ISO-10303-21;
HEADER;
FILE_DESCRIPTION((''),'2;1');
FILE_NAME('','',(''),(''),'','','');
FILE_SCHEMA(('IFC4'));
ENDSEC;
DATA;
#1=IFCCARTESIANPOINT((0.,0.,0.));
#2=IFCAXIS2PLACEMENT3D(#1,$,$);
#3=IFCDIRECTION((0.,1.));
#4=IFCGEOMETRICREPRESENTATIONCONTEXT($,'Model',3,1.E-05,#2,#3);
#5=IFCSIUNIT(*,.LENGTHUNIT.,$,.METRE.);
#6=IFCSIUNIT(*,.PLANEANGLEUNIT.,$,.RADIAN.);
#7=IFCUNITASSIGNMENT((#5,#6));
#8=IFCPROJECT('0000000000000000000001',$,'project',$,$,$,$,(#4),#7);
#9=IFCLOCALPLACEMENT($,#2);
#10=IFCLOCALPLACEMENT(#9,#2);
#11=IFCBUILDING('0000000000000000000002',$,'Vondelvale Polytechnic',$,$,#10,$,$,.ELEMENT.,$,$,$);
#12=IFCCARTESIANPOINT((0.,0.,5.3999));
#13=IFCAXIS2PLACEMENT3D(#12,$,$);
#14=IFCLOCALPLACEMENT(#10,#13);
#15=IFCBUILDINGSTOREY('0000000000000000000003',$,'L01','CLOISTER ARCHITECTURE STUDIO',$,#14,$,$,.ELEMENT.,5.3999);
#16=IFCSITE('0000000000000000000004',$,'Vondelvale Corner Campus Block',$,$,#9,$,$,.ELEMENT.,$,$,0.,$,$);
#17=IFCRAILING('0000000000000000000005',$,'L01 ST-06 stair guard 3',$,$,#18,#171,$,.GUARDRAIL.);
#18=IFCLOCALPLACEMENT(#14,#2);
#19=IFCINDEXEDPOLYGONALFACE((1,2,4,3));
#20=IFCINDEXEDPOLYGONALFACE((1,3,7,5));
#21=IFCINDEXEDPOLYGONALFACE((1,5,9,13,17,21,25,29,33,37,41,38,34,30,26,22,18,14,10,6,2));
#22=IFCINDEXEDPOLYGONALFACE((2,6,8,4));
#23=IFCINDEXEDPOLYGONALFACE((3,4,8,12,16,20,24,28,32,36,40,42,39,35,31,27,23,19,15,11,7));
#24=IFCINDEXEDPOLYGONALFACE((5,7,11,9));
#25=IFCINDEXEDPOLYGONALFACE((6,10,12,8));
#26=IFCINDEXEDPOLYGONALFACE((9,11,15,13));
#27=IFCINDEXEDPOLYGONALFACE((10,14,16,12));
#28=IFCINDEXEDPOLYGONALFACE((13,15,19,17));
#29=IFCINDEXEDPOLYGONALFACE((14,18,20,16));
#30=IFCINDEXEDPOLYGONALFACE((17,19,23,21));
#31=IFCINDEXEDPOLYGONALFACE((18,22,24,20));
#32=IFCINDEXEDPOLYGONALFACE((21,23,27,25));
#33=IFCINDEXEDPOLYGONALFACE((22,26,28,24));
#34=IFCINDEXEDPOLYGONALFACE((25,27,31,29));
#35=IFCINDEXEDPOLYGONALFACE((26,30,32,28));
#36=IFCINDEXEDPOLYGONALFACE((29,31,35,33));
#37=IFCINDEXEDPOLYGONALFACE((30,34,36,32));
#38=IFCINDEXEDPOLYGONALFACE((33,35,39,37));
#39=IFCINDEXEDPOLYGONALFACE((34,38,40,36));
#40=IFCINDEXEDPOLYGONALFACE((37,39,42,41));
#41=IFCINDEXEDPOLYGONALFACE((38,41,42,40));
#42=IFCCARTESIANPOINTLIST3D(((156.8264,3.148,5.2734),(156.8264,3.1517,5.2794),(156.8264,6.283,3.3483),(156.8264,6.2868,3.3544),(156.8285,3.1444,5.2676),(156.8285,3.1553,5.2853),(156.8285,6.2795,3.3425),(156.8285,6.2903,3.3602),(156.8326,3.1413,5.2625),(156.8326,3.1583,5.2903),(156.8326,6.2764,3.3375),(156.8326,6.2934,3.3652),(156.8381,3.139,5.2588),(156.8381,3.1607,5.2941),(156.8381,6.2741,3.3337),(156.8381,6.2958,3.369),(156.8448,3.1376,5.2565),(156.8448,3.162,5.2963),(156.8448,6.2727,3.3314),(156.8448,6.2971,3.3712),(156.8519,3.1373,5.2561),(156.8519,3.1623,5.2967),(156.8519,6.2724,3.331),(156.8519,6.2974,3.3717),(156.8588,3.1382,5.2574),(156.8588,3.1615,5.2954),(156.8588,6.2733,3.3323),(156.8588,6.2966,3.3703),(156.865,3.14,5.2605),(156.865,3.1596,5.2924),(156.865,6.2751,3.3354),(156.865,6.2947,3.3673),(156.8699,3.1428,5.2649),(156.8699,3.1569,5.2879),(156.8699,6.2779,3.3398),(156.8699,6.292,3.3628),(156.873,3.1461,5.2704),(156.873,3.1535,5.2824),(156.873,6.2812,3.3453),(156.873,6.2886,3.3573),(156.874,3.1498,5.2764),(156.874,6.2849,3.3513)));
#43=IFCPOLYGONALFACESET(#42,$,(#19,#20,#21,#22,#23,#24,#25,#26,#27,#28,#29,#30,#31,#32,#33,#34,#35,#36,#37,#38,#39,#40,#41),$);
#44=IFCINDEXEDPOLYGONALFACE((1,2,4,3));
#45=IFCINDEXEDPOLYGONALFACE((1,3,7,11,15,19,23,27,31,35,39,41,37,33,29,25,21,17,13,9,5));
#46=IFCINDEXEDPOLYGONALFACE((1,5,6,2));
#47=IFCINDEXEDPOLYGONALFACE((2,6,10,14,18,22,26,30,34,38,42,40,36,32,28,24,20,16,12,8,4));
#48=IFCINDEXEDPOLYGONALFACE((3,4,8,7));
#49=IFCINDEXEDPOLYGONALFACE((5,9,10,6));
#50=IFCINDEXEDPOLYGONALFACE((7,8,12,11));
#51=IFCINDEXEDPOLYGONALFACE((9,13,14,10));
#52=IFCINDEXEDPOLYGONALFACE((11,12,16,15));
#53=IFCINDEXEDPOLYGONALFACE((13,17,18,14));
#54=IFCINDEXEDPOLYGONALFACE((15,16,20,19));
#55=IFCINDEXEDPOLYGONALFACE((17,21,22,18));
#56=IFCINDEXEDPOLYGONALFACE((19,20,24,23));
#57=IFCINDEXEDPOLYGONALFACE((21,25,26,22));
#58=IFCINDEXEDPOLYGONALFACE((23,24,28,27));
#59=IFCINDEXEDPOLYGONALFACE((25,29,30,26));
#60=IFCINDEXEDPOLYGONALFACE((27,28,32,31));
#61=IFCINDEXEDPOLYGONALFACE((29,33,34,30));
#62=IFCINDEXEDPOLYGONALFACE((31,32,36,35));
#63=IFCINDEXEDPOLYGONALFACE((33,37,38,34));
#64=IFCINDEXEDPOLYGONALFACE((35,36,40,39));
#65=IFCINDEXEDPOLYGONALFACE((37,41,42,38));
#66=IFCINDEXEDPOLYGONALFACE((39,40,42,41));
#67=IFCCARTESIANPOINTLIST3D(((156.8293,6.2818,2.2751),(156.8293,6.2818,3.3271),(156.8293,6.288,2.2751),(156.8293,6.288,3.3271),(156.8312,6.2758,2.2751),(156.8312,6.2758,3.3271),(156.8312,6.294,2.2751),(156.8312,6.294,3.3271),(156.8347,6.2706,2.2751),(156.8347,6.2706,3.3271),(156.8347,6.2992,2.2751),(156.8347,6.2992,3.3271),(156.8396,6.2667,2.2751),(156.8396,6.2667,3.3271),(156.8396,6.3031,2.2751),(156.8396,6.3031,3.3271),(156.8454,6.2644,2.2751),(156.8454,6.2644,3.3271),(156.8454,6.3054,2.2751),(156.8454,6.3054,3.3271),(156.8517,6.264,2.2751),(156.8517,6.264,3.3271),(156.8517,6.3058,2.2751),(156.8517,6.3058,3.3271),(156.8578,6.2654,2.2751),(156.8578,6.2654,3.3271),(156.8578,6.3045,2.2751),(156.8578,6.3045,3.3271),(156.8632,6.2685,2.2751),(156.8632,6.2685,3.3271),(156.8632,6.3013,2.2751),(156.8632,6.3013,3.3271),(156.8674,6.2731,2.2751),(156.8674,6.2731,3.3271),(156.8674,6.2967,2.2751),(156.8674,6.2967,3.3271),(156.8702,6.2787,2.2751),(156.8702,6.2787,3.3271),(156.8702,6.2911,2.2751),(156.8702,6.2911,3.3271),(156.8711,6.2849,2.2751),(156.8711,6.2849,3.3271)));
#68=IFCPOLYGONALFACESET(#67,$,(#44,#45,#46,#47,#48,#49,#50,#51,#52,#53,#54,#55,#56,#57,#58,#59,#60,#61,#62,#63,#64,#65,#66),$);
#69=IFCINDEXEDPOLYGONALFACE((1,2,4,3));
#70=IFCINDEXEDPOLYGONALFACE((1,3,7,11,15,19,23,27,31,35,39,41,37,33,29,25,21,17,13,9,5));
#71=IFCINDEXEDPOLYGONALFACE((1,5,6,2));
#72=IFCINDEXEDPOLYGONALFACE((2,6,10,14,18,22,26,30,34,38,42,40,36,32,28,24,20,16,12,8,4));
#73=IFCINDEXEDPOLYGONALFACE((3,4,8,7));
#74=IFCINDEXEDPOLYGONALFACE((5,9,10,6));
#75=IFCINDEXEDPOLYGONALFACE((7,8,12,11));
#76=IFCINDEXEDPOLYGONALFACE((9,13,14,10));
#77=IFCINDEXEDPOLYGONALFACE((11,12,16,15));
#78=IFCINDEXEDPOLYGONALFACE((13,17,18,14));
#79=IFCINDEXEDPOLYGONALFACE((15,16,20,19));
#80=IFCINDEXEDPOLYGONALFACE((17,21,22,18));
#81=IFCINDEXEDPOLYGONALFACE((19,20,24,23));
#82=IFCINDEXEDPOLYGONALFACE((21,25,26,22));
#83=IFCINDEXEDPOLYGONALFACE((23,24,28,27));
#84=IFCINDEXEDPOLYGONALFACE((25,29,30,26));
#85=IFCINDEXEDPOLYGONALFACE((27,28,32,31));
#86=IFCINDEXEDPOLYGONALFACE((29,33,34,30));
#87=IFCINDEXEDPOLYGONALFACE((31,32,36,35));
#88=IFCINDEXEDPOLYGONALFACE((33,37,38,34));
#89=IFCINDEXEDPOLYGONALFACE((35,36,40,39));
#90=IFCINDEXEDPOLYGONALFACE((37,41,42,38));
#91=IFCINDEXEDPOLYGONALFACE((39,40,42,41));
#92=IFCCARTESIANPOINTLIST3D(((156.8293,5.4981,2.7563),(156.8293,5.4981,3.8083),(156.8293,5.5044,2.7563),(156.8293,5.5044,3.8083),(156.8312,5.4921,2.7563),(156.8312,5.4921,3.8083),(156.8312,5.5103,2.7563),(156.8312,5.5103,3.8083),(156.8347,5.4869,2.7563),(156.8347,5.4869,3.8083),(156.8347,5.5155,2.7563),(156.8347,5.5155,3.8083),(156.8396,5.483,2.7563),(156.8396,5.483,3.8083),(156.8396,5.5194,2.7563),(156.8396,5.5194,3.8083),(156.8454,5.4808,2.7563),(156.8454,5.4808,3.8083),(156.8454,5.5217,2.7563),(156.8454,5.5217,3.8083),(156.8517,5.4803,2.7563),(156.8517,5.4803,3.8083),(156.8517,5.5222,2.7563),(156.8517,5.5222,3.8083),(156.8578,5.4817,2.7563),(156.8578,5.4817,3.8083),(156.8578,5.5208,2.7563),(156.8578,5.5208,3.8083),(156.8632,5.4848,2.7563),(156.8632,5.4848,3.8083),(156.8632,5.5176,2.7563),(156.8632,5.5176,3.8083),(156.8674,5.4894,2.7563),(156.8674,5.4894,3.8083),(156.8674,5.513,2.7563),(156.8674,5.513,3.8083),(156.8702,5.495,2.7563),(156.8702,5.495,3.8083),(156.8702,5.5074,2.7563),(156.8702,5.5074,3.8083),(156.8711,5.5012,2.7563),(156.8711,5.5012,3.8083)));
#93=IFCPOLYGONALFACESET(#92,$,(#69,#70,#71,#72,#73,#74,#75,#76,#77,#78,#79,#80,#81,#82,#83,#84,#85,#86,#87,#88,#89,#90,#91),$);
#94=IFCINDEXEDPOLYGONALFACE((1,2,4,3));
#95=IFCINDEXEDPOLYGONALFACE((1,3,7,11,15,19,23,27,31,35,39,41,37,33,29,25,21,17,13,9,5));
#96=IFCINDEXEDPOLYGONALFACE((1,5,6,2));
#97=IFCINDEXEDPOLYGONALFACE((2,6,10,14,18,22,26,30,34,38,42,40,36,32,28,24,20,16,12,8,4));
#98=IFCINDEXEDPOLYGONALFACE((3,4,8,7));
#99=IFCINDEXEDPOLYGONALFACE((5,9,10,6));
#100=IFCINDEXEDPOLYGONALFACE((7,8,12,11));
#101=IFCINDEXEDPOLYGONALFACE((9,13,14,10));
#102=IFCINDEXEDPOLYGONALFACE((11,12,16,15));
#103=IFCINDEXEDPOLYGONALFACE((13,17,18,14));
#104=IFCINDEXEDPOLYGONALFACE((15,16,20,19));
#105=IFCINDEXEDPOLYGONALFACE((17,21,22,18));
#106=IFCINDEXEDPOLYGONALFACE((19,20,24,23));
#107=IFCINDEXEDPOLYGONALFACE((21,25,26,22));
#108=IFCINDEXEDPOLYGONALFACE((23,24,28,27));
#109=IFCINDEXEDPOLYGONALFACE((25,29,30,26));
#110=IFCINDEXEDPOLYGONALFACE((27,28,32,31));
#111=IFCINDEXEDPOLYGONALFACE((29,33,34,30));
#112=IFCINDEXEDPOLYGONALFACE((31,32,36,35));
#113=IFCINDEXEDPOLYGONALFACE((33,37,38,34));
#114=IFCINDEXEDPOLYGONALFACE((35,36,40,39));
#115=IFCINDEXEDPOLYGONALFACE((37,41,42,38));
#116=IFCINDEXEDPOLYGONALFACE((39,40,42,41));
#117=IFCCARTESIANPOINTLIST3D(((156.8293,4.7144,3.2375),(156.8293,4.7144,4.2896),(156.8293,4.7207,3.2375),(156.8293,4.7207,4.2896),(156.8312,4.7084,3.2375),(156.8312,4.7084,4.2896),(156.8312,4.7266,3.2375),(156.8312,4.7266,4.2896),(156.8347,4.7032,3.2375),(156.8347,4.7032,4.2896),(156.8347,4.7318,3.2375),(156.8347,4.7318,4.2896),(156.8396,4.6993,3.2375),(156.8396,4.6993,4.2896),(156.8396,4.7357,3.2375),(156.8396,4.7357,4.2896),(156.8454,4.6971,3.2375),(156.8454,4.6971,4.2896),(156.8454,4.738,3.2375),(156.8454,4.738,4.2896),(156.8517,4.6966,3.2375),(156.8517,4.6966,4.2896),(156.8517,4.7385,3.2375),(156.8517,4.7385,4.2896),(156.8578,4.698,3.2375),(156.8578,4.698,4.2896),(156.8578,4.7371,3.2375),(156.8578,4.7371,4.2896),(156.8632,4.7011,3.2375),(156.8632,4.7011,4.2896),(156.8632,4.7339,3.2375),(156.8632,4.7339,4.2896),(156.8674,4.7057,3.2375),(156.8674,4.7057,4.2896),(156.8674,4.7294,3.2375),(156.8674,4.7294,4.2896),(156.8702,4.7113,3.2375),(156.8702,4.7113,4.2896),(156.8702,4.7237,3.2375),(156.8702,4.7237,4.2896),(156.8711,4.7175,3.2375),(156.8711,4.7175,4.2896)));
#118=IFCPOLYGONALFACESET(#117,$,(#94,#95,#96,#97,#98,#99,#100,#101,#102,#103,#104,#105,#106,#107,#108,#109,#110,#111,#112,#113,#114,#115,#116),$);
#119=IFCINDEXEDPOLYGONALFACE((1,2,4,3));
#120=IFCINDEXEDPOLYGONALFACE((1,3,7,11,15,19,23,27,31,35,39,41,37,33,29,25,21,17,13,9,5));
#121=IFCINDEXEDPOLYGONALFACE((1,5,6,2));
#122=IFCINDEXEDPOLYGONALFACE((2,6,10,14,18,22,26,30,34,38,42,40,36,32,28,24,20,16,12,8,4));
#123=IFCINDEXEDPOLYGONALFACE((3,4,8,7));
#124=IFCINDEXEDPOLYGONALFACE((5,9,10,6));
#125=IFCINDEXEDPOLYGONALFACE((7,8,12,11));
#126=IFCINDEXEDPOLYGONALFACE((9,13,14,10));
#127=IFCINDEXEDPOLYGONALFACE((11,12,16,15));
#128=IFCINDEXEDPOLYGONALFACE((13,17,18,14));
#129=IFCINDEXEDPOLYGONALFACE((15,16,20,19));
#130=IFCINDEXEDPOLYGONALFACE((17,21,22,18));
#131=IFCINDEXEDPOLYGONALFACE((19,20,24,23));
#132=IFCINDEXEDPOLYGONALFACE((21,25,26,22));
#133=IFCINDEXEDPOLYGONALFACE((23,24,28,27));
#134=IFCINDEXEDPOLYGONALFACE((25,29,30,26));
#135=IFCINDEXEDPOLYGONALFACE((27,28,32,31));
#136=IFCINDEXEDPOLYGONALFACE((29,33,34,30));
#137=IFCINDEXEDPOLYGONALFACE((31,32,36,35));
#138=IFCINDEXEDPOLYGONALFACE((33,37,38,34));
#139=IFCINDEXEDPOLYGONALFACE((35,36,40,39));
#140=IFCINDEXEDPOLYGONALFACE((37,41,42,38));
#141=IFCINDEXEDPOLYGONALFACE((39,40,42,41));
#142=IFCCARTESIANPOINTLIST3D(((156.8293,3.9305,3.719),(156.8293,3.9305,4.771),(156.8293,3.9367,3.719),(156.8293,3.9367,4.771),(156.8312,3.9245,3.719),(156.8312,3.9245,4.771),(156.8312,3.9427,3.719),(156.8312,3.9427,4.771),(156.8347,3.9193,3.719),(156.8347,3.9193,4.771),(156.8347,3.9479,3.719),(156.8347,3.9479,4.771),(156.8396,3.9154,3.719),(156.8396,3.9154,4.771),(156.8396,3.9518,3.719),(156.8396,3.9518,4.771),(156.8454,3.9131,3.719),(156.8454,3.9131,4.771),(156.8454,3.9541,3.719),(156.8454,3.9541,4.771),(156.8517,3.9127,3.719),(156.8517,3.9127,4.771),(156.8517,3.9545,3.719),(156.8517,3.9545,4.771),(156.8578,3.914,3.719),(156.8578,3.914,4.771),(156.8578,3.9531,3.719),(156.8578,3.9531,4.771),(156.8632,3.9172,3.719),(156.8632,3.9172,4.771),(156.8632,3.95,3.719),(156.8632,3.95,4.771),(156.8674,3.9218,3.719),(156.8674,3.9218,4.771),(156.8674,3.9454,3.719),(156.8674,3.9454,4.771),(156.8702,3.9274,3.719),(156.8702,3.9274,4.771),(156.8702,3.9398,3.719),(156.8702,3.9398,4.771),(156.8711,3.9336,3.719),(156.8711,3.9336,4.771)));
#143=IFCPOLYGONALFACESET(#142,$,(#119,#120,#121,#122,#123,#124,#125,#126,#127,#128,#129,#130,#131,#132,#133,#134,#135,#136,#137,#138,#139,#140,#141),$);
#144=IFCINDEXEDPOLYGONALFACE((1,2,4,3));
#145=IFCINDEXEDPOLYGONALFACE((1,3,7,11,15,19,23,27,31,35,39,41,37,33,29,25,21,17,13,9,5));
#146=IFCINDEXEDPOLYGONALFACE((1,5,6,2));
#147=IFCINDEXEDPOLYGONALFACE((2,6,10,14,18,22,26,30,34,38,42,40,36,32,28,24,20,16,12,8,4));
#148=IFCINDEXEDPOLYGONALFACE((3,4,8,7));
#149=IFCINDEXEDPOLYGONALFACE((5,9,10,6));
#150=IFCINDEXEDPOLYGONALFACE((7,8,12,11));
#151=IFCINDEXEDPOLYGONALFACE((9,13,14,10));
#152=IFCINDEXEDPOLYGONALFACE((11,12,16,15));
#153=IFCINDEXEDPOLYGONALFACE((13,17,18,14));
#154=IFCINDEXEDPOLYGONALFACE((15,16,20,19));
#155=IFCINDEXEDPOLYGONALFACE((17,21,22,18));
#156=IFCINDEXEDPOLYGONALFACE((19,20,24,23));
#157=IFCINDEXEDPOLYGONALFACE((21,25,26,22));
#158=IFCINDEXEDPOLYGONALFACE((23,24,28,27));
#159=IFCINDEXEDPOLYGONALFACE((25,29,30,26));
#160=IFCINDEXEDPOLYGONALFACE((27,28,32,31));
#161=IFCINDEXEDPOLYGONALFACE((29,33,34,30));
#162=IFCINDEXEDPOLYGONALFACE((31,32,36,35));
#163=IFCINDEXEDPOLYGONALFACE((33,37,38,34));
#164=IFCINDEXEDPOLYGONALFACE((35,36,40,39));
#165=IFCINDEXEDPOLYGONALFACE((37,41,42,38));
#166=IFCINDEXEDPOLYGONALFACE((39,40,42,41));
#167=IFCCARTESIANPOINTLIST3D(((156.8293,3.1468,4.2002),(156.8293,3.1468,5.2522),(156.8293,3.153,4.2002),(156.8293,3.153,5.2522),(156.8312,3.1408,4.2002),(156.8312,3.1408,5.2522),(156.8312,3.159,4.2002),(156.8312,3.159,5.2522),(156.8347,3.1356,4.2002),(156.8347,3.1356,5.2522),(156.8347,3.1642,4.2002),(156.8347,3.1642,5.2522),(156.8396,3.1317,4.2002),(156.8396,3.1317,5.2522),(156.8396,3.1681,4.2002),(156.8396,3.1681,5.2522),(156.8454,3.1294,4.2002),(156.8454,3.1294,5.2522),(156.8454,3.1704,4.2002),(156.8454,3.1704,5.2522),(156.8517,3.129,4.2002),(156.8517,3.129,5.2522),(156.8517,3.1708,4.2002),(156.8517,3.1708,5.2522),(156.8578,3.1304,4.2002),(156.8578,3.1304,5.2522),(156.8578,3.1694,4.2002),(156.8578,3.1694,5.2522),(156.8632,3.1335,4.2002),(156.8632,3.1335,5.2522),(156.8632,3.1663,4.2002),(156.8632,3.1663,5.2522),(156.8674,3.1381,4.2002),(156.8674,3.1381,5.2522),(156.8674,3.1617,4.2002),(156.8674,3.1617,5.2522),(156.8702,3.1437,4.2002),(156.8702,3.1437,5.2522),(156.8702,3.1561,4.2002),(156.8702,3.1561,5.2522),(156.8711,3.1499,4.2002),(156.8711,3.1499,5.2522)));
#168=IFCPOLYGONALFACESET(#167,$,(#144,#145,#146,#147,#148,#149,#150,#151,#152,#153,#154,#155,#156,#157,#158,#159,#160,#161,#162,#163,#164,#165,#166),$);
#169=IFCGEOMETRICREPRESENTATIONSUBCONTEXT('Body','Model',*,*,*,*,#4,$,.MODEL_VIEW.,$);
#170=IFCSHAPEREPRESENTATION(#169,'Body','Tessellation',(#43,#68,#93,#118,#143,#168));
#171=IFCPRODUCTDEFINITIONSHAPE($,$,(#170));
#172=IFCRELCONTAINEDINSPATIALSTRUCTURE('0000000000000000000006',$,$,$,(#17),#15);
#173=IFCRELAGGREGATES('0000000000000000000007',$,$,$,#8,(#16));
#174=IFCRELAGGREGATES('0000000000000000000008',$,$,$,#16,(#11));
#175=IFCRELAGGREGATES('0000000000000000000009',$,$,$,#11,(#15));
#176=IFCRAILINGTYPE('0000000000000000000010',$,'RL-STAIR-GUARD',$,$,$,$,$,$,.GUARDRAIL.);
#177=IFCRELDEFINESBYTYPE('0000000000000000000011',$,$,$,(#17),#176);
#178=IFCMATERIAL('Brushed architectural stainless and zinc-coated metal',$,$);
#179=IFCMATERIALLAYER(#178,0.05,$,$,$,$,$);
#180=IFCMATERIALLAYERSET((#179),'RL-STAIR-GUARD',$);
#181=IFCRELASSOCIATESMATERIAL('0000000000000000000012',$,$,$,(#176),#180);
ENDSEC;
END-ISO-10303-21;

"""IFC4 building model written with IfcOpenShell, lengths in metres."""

from ifc_helpers import new_model, si_unit, direction, frame, origin, origin_2d, place, context, subcontext, project, spatial, circle, extrude, material, layer, layer_set, type_object, element, save


model = new_model("IFC4")

# Units and contexts
model_context = context("Model", 3, precision=1e-05, world=origin(), true_north=direction((0.0, 1.0)))
body_context = subcontext(model_context, "Body", "Model", "MODEL_VIEW")
ifc_project = project(units=[si_unit("LENGTHUNIT", "METRE"), si_unit("PLANEANGLEUNIT", "RADIAN")], contexts=[model_context])

# Site, building, storey
site_placement = place(None, origin())
site = spatial("IfcSite", under=ifc_project, at=site_placement, Name="Vondelvale Corner Campus Block", CompositionType="ELEMENT", RefElevation=0.0)
building_placement = place(site_placement, origin())
building = spatial("IfcBuilding", under=site, at=building_placement, Name="Vondelvale Polytechnic", CompositionType="ELEMENT")
storey_placement = place(building_placement, frame((0.0, 0.0, 5.3999)))
storey = spatial("IfcBuildingStorey", under=building, at=storey_placement, Name="L01", Description="CLOISTER ARCHITECTURE STUDIO", CompositionType="ELEMENT", Elevation=5.3999)

# Shared definitions
ifc_material_1 = material(Name="Brushed architectural stainless and zinc-coated metal")

# Railing
ifc_layer_1 = layer(ifc_material_1, 0.05)
ifc_layer_set_1 = layer_set([ifc_layer_1], Name="RL-STAIR-GUARD")
railing_type_1 = type_object("IfcRailingType", Name="RL-STAIR-GUARD", PredefinedType="GUARDRAIL", material=ifc_layer_set_1)
railing_1_placement = place(storey_placement, frame((156.8501, 6.2849, 2.2751)))
element("IfcRailing", 1, at=railing_1_placement, inside=storey, type_object=railing_type_1, Name="L01 ST-06 stair guard 3", PredefinedType="GUARDRAIL", context=body_context, shape_type="SweptSolid", body=[
    extrude(circle(Radius=0.0239, at=origin_2d()), frame((0.0, 0.0, 1.0762), z_axis=(0.0, -0.852166, 0.523271), x_axis=(1.0, 0.0, 0.0)), (0.0, 0.0, 1.0), 3.679),
    extrude(circle(Radius=0.021, at=origin_2d()), origin(), (0.0, 0.0, 1.0), 1.052),
    extrude(circle(Radius=0.021, at=origin_2d()), frame((0.0, -0.7837, 0.4812)), (0.0, 0.0, 1.0), 1.052),
    extrude(circle(Radius=0.021, at=origin_2d()), frame((0.0, -1.5674, 0.9624)), (0.0, 0.0, 1.0), 1.052),
    extrude(circle(Radius=0.021, at=origin_2d()), frame((0.0, -2.3513, 1.4438)), (0.0, 0.0, 1.0), 1.052),
    extrude(circle(Radius=0.021, at=origin_2d()), frame((0.0, -3.135, 1.925)), (0.0, 0.0, 1.0), 1.052),
])

save(model, "model.ifc")
